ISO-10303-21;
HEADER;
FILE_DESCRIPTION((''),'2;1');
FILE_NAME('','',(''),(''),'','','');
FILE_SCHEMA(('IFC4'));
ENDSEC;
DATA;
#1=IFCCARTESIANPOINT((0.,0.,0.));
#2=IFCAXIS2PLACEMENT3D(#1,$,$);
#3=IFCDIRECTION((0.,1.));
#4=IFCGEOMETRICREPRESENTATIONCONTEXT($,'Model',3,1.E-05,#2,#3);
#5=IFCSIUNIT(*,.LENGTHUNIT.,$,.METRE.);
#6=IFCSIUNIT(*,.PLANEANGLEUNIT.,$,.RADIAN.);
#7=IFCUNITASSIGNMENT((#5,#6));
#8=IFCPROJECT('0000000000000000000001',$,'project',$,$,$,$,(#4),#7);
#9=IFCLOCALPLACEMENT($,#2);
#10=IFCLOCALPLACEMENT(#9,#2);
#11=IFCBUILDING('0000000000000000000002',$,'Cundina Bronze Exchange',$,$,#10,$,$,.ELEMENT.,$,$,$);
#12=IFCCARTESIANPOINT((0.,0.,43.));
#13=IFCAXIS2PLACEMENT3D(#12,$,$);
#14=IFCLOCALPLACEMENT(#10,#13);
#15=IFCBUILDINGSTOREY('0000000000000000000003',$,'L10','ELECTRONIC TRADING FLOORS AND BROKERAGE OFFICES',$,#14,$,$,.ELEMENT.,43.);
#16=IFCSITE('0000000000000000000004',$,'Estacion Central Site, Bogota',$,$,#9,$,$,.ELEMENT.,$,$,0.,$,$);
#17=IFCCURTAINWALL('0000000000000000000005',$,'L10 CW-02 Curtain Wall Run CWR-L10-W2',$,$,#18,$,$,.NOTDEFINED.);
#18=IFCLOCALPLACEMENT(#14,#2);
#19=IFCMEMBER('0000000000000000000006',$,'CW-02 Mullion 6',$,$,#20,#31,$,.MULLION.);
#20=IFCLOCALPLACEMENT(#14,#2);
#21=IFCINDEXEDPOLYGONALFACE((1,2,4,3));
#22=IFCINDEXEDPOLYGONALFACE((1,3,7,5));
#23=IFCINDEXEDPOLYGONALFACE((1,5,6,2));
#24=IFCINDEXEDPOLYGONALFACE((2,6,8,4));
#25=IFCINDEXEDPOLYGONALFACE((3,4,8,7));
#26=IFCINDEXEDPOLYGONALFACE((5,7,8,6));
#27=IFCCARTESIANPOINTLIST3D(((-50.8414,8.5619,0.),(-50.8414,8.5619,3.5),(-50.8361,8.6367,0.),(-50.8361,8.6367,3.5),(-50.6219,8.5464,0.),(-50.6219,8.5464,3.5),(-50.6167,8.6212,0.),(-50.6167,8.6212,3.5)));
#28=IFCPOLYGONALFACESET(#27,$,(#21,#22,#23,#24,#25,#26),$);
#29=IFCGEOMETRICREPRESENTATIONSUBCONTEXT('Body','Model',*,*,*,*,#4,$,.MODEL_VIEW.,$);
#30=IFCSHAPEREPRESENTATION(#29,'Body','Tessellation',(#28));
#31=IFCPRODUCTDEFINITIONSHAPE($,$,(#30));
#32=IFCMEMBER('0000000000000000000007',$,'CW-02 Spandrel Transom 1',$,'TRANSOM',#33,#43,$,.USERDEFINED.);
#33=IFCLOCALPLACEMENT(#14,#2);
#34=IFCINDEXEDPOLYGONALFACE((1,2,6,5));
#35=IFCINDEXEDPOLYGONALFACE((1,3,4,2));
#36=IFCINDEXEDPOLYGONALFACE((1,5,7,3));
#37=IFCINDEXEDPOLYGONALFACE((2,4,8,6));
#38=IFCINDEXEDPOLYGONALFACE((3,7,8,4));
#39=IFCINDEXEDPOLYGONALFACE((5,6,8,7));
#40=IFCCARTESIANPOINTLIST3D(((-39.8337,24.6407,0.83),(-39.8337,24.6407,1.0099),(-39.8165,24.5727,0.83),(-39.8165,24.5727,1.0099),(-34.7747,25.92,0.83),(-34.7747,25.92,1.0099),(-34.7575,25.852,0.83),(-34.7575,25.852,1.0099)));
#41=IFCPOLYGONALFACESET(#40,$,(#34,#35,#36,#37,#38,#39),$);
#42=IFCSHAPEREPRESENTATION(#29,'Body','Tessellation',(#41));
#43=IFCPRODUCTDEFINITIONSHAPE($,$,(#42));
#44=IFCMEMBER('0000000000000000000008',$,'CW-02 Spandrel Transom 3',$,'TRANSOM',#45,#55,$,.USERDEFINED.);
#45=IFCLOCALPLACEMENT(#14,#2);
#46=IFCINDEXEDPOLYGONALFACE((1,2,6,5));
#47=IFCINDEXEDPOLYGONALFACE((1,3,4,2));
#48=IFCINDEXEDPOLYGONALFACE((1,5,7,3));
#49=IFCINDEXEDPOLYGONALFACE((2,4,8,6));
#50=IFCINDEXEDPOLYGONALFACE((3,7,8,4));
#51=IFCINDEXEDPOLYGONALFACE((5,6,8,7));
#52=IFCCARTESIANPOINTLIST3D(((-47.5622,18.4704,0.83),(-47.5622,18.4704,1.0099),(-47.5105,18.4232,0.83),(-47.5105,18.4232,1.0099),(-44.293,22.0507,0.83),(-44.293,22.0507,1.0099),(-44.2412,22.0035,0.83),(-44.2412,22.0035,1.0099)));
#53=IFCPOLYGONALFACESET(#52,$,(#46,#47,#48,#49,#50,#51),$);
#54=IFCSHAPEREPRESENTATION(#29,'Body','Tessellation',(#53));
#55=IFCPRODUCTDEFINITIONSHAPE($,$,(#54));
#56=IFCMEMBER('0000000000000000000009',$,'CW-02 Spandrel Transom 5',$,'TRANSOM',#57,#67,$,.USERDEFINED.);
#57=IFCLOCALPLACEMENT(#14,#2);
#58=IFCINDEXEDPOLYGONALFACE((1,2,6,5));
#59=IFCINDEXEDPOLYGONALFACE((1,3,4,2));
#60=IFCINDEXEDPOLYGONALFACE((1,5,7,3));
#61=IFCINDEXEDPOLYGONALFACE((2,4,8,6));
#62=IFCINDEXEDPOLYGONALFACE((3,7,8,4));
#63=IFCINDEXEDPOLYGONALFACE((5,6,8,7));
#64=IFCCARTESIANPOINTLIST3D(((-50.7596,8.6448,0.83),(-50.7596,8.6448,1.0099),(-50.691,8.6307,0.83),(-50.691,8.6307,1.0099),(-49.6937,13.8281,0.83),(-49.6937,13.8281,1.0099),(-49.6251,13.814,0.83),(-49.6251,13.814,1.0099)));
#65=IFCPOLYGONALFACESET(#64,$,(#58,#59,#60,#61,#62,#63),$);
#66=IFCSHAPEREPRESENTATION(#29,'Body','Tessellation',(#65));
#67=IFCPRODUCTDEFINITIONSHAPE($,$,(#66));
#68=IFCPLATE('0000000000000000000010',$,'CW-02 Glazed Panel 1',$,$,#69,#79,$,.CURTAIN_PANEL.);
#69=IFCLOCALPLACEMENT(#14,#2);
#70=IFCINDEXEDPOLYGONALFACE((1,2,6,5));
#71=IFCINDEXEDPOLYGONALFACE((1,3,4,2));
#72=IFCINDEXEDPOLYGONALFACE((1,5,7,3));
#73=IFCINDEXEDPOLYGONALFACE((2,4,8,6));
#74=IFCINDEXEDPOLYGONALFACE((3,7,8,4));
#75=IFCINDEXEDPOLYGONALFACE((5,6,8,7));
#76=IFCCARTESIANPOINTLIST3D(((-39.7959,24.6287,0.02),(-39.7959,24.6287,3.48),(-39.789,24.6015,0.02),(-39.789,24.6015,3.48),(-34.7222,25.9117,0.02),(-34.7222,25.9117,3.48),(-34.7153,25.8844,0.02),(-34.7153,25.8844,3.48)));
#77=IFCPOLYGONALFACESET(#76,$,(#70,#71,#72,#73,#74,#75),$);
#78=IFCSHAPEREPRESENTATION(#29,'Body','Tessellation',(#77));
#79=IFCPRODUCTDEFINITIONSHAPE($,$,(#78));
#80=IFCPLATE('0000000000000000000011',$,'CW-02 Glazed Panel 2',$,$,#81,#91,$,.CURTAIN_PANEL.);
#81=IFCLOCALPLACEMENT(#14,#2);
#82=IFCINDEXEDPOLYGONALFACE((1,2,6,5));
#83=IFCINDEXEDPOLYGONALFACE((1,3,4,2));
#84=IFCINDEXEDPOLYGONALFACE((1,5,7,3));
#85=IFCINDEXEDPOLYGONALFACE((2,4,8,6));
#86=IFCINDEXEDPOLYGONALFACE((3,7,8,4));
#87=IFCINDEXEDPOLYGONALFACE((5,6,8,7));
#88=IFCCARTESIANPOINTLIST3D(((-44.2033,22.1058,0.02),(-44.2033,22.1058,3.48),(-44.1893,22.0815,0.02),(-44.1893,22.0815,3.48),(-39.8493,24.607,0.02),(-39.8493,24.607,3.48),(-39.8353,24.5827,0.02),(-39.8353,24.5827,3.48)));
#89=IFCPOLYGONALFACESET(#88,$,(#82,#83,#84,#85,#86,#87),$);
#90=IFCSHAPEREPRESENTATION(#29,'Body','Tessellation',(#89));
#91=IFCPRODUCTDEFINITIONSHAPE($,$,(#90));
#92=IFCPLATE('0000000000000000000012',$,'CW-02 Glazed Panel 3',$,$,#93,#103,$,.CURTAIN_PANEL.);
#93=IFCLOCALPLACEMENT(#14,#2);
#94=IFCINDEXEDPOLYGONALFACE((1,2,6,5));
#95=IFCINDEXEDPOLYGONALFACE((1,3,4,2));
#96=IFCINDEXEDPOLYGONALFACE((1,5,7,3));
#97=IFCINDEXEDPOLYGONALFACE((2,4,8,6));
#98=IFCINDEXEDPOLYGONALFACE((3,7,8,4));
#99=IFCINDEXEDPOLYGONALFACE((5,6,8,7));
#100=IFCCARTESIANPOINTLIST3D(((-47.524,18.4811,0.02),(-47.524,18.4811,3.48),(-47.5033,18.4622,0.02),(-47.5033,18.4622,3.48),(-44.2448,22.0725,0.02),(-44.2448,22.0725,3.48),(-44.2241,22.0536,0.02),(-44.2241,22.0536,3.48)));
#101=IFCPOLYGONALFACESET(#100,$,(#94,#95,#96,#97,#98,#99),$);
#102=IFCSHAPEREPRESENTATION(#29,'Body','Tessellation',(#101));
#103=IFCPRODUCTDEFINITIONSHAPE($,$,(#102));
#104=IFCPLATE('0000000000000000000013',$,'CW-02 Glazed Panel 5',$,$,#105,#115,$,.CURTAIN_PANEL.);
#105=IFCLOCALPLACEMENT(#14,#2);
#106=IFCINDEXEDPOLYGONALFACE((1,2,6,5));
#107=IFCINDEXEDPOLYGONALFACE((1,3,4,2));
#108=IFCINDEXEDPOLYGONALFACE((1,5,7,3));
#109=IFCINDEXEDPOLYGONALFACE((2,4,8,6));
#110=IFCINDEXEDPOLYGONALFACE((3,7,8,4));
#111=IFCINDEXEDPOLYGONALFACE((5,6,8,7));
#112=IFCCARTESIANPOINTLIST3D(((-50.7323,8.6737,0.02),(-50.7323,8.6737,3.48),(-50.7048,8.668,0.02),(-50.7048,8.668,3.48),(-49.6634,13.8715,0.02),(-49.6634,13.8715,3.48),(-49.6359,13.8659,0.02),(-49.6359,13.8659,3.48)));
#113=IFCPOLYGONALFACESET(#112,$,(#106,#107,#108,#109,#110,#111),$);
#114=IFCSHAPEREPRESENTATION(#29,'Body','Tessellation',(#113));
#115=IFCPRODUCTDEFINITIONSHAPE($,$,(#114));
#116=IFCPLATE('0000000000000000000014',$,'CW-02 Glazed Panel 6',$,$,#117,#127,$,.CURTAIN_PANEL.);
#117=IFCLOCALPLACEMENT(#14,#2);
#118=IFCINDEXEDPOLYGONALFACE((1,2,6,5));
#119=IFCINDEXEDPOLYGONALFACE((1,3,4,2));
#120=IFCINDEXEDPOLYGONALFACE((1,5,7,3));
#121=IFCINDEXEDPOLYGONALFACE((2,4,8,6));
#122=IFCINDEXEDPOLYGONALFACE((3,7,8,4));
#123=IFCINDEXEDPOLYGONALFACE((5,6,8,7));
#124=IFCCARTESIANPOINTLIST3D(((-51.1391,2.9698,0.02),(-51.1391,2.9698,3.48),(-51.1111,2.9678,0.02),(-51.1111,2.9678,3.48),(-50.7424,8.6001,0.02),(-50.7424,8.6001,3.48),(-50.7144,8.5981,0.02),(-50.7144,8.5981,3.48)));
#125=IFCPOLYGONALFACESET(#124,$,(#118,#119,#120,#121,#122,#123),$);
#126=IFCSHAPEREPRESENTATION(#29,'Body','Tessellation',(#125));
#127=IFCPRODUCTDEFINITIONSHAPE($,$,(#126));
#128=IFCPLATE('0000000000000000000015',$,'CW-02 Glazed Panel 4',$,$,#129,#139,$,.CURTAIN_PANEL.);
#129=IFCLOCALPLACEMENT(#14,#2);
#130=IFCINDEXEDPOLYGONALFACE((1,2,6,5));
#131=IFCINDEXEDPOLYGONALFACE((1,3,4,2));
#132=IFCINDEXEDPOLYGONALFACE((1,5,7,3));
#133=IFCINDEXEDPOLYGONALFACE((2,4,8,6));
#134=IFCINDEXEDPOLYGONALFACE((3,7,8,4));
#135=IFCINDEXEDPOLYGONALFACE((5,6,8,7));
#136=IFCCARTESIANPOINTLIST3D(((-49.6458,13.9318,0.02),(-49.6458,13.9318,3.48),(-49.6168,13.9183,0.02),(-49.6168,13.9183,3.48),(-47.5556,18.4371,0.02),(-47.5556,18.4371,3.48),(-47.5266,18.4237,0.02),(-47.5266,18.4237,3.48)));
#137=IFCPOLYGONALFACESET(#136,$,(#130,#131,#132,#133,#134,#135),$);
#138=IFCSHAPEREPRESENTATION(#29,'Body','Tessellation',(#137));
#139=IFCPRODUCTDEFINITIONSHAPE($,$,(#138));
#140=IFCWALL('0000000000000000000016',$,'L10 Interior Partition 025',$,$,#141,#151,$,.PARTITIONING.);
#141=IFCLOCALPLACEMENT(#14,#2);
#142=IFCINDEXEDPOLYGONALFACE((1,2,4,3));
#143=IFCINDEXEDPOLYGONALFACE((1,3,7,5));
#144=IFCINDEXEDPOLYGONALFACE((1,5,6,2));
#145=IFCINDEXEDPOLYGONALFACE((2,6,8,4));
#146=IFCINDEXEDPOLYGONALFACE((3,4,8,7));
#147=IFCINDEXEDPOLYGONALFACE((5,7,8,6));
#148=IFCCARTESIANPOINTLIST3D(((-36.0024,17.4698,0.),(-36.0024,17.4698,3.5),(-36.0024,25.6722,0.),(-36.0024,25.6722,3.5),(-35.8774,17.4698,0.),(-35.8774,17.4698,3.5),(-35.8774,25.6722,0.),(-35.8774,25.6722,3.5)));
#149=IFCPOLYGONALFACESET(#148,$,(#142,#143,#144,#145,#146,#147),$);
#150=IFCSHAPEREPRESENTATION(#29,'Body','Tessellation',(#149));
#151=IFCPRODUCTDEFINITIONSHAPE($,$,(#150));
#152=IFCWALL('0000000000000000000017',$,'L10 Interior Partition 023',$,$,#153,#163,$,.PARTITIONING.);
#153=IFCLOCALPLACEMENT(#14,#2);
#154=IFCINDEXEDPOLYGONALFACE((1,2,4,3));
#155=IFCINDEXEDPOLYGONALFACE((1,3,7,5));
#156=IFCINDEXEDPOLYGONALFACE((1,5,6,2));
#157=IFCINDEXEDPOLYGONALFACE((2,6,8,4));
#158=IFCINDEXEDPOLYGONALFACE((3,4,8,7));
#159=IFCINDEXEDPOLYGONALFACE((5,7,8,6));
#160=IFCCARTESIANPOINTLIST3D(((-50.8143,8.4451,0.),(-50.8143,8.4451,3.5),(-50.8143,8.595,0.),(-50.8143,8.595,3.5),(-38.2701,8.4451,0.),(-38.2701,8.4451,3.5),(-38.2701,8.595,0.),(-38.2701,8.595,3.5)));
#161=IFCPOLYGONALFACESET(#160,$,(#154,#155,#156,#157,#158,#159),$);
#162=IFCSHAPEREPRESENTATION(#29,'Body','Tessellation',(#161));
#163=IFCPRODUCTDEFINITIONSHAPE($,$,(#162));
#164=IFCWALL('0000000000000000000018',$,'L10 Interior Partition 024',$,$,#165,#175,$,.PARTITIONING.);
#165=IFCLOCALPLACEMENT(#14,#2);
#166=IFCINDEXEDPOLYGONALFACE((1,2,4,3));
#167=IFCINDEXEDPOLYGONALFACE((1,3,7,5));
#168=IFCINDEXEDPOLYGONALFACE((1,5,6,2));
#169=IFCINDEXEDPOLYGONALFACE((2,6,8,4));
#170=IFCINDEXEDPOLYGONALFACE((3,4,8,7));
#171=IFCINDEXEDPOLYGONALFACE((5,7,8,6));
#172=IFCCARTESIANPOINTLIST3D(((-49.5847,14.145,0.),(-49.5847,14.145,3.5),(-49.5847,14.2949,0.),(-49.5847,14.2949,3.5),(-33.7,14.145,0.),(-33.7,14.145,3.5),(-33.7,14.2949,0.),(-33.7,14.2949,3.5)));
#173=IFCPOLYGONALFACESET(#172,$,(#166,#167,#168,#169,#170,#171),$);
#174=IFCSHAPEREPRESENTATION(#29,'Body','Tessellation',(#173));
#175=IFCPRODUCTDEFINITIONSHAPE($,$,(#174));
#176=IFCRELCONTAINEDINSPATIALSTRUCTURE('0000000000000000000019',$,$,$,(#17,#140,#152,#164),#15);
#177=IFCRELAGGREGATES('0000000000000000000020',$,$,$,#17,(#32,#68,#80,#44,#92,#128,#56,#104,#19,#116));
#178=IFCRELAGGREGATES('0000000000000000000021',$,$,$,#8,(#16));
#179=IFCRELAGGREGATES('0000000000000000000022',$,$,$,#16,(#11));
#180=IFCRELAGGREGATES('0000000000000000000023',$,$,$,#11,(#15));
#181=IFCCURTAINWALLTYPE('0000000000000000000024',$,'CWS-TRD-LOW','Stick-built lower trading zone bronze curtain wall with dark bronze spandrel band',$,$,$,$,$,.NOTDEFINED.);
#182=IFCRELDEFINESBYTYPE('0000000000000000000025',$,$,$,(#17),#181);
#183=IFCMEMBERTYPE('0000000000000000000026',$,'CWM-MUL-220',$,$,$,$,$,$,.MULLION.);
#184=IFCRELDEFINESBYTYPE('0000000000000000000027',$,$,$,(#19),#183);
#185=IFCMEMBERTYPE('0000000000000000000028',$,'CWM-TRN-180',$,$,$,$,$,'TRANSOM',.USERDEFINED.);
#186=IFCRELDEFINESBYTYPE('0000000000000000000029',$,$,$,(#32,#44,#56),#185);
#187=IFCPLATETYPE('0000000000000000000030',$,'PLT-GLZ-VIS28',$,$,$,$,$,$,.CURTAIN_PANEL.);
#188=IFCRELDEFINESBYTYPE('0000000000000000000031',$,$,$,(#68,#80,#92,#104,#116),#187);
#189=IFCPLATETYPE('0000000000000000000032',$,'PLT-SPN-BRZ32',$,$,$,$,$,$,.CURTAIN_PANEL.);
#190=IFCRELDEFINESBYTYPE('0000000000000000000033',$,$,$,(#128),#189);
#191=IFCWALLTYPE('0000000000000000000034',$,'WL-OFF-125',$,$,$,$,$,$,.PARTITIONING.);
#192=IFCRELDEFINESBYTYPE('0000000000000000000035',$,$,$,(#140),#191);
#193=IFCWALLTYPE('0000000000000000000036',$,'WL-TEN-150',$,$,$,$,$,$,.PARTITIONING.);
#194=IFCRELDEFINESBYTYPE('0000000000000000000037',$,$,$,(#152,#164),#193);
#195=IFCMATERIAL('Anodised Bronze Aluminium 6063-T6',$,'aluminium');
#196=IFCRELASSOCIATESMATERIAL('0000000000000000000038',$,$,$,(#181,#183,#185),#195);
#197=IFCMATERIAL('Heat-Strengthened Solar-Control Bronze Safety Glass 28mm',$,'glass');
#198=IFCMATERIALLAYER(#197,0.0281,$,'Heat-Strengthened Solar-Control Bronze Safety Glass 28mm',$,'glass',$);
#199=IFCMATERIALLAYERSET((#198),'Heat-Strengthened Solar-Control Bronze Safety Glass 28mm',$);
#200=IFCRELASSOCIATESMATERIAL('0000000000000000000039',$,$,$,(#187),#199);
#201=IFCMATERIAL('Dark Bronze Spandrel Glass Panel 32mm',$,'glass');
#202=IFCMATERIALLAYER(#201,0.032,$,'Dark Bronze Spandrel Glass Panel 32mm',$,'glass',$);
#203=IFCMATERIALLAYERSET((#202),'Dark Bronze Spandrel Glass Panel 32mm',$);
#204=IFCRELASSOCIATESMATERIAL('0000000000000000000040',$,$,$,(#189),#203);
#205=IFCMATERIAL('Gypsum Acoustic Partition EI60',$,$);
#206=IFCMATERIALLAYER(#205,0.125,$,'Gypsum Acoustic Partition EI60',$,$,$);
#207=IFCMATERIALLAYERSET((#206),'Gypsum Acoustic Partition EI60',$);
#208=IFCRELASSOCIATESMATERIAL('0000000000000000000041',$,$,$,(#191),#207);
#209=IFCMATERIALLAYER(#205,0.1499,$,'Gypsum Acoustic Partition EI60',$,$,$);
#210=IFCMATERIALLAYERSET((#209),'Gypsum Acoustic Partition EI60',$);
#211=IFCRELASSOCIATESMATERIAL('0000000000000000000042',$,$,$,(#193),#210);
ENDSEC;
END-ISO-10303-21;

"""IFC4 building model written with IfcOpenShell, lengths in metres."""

from ifc_helpers import new_model, si_unit, direction, frame, frame_2d, origin, origin_2d, place, context, subcontext, project, spatial, rectangle, extrude, material, layer, layer_set, material_profile, profile_set, type_object, element, aggregate, save


model = new_model("IFC4")

# Units and contexts
model_context = context("Model", 3, precision=1e-05, world=origin(), true_north=direction((0.0, 1.0)))
body_context = subcontext(model_context, "Body", "Model", "MODEL_VIEW")
ifc_project = project(units=[si_unit("LENGTHUNIT", "METRE"), si_unit("PLANEANGLEUNIT", "RADIAN")], contexts=[model_context])

# Site, building, storey
site_placement = place(None, origin())
site = spatial("IfcSite", under=ifc_project, at=site_placement, Name="Estacion Central Site, Bogota", CompositionType="ELEMENT", RefElevation=0.0)
building_placement = place(site_placement, origin())
building = spatial("IfcBuilding", under=site, at=building_placement, Name="Cundina Bronze Exchange", CompositionType="ELEMENT")
storey_placement = place(building_placement, frame((0.0, 0.0, 43.0)))
storey = spatial("IfcBuildingStorey", under=building, at=storey_placement, Name="L10", Description="ELECTRONIC TRADING FLOORS AND BROKERAGE OFFICES", CompositionType="ELEMENT", Elevation=43.0)

# Curtain wall, members, plates
ifc_material_1 = material(Name="Anodised Bronze Aluminium 6063-T6", Category="aluminium")
curtain_wall_type = type_object("IfcCurtainWallType", Name="CWS-TRD-LOW", Description="Stick-built lower trading zone bronze curtain wall with dark bronze spandrel band", PredefinedType="NOTDEFINED", material=ifc_material_1)
curtain_wall_placement = place(storey_placement, origin())
curtain_wall = element("IfcCurtainWall", 1, at=curtain_wall_placement, inside=storey, type_object=curtain_wall_type, Name="L10 CW-02 Curtain Wall Run CWR-L10-W2", PredefinedType="NOTDEFINED")
ifc_material_profile_1 = material_profile(ifc_material_1, rectangle(XDim=0.075, YDim=0.22, at=origin_2d()), Name="AL75X220", Category="aluminium")
ifc_profile_set_1 = profile_set([ifc_material_profile_1], Name="Anodised Bronze Aluminium 6063-T6")
member_type_1 = type_object("IfcMemberType", Name="CWM-MUL-220", PredefinedType="MULLION", material=ifc_profile_set_1)
member_1_placement = place(storey_placement, frame((-50.729, 8.5916, 0.0), z_axis=(0.0, 0.0, 1.0), x_axis=(-0.070279, -0.997527, 0.0)))
member_1 = element("IfcMember", 2, at=member_1_placement, type_object=member_type_1, Name="CW-02 Mullion 6", PredefinedType="MULLION", context=body_context, shape_type="SweptSolid", body=[
    extrude(rectangle(XDim=0.075, YDim=0.22, at=origin_2d()), origin(), (0.0, 0.0, 1.0), 3.5),
])
ifc_material_profile_2 = material_profile(ifc_material_1, rectangle(XDim=0.0701, YDim=0.1799, at=origin_2d()), Name="AL70X180", Category="aluminium")
ifc_profile_set_2 = profile_set([ifc_material_profile_2], Name="Anodised Bronze Aluminium 6063-T6")
member_type_2 = type_object("IfcMemberType", Name="CWM-TRN-180", ElementType="TRANSOM", PredefinedType="USERDEFINED", material=ifc_profile_set_2)
member_2_placement = place(storey_placement, frame((-34.7661, 25.886, 0.9199), z_axis=(-0.969484, -0.245155, 0.0), x_axis=(0.245155, -0.969484, 0.0)))
member_2 = element("IfcMember", 3, at=member_2_placement, type_object=member_type_2, Name="CW-02 Spandrel Transom 1", ObjectType="TRANSOM", PredefinedType="USERDEFINED", context=body_context, shape_type="SweptSolid", body=[
    extrude(rectangle(XDim=0.0701, YDim=0.1799, at=origin_2d()), origin(), (0.0, 0.0, 1.0), 5.2183),
])
member_3_placement = place(storey_placement, frame((-44.2671, 22.0271, 0.9199), z_axis=(-0.674303, -0.738455, 0.0), x_axis=(0.738455, -0.674303, 0.0)))
member_3 = element("IfcMember", 4, at=member_3_placement, type_object=member_type_2, Name="CW-02 Spandrel Transom 3", ObjectType="TRANSOM", PredefinedType="USERDEFINED", context=body_context, shape_type="SweptSolid", body=[
    extrude(rectangle(XDim=0.0701, YDim=0.1799, at=origin_2d()), origin(), (0.0, 0.0, 1.0), 4.8484),
])
member_4_placement = place(storey_placement, frame((-49.6594, 13.821, 0.9199), z_axis=(-0.201428, -0.979503, 0.0), x_axis=(0.979503, -0.201428, 0.0)))
member_4 = element("IfcMember", 5, at=member_4_placement, type_object=member_type_2, Name="CW-02 Spandrel Transom 5", ObjectType="TRANSOM", PredefinedType="USERDEFINED", context=body_context, shape_type="SweptSolid", body=[
    extrude(rectangle(XDim=0.0701, YDim=0.1799, at=origin_2d()), origin(), (0.0, 0.0, 1.0), 5.2917),
])
ifc_material_2 = material(Name="Heat-Strengthened Solar-Control Bronze Safety Glass 28mm", Category="glass")
ifc_layer_1 = layer(ifc_material_2, 0.0281, Name="Heat-Strengthened Solar-Control Bronze Safety Glass 28mm", Category="glass")
ifc_layer_set_1 = layer_set([ifc_layer_1], Name="Heat-Strengthened Solar-Control Bronze Safety Glass 28mm")
plate_type_1 = type_object("IfcPlateType", Name="PLT-GLZ-VIS28", PredefinedType="CURTAIN_PANEL", material=ifc_layer_set_1)
plate_1_placement = place(storey_placement, frame((-37.2556, 25.2566, 0.02), z_axis=(0.0, 0.0, 1.0), x_axis=(-0.969488, -0.245138, 0.0)))
plate_1 = element("IfcPlate", 6, at=plate_1_placement, type_object=plate_type_1, Name="CW-02 Glazed Panel 1", PredefinedType="CURTAIN_PANEL", context=body_context, shape_type="SweptSolid", body=[
    extrude(rectangle(XDim=5.2334, YDim=0.0281, at=origin_2d()), origin(), (0.0, 0.0, 1.0), 3.46),
])
plate_2_placement = place(storey_placement, frame((-42.0193, 23.3442, 0.02), z_axis=(0.0, 0.0, 1.0), x_axis=(-0.867105, -0.498125, 0.0)))
plate_2 = element("IfcPlate", 7, at=plate_2_placement, type_object=plate_type_1, Name="CW-02 Glazed Panel 2", PredefinedType="CURTAIN_PANEL", context=body_context, shape_type="SweptSolid", body=[
    extrude(rectangle(XDim=5.0212, YDim=0.0281, at=origin_2d()), origin(), (0.0, 0.0, 1.0), 3.46),
])
plate_3_placement = place(storey_placement, frame((-45.874, 20.2673, 0.02), z_axis=(0.0, 0.0, 1.0), x_axis=(-0.674277, -0.738479, 0.0)))
plate_3 = element("IfcPlate", 8, at=plate_3_placement, type_object=plate_type_1, Name="CW-02 Glazed Panel 3", PredefinedType="CURTAIN_PANEL", context=body_context, shape_type="SweptSolid", body=[
    extrude(rectangle(XDim=4.8633, YDim=0.0281, at=origin_2d()), origin(), (0.0, 0.0, 1.0), 3.46),
])
plate_4_placement = place(storey_placement, frame((-50.1841, 11.2698, 0.02), z_axis=(0.0, 0.0, 1.0), x_axis=(-0.20142, -0.979505, 0.0)))
plate_4 = element("IfcPlate", 9, at=plate_4_placement, type_object=plate_type_1, Name="CW-02 Glazed Panel 5", PredefinedType="CURTAIN_PANEL", context=body_context, shape_type="SweptSolid", body=[
    extrude(rectangle(XDim=5.3066, YDim=0.0281, at=origin_2d()), origin(), (0.0, 0.0, 1.0), 3.46),
])
plate_5_placement = place(storey_placement, frame((-50.9268, 5.7839, 0.02), z_axis=(0.0, 0.0, 1.0), x_axis=(-0.070279, -0.997527, 0.0)))
plate_5 = element("IfcPlate", 10, at=plate_5_placement, type_object=plate_type_1, Name="CW-02 Glazed Panel 6", PredefinedType="CURTAIN_PANEL", context=body_context, shape_type="SweptSolid", body=[
    extrude(rectangle(XDim=5.6443, YDim=0.0281, at=origin_2d()), origin(), (0.0, 0.0, 1.0), 3.46),
])
ifc_material_3 = material(Name="Dark Bronze Spandrel Glass Panel 32mm", Category="glass")
ifc_layer_2 = layer(ifc_material_3, 0.032, Name="Dark Bronze Spandrel Glass Panel 32mm", Category="glass")
ifc_layer_set_2 = layer_set([ifc_layer_2], Name="Dark Bronze Spandrel Glass Panel 32mm")
plate_type_2 = type_object("IfcPlateType", Name="PLT-SPN-BRZ32", PredefinedType="CURTAIN_PANEL", material=ifc_layer_set_2)
plate_6_placement = place(storey_placement, frame((-48.5862, 16.1777, 0.02), z_axis=(0.0, 0.0, 1.0), x_axis=(-0.420846, -0.907132, 0.0)))
plate_6 = element("IfcPlate", 11, at=plate_6_placement, type_object=plate_type_2, Name="CW-02 Glazed Panel 4", PredefinedType="CURTAIN_PANEL", context=body_context, shape_type="SweptSolid", body=[
    extrude(rectangle(XDim=4.9666, YDim=0.032, at=origin_2d()), origin(), (0.0, 0.0, 1.0), 3.46),
])
aggregate(curtain_wall, [member_2, plate_1, plate_2, member_3, plate_3, plate_6, member_4, plate_4, member_1, plate_5])

# Walls
ifc_material_4 = material(Name="Gypsum Acoustic Partition EI60")
ifc_layer_3 = layer(ifc_material_4, 0.125, Name="Gypsum Acoustic Partition EI60")
ifc_layer_set_3 = layer_set([ifc_layer_3], Name="Gypsum Acoustic Partition EI60")
wall_type_1 = type_object("IfcWallType", Name="WL-OFF-125", PredefinedType="PARTITIONING", material=ifc_layer_set_3)
wall_1_placement = place(storey_placement, frame((-35.9399, 17.47, 0.0), z_axis=(0.0, 0.0, 1.0), x_axis=(0.0, 1.0, 0.0)))
element("IfcWall", 12, at=wall_1_placement, inside=storey, type_object=wall_type_1, Name="L10 Interior Partition 025", PredefinedType="PARTITIONING", context=body_context, shape_type="SweptSolid", body=[
    extrude(rectangle(XDim=8.2024, YDim=0.125, at=frame_2d((4.1011, 0.0))), origin(), (0.0, 0.0, 1.0), 3.5),
])
ifc_layer_4 = layer(ifc_material_4, 0.1499, Name="Gypsum Acoustic Partition EI60")
ifc_layer_set_4 = layer_set([ifc_layer_4], Name="Gypsum Acoustic Partition EI60")
wall_type_2 = type_object("IfcWallType", Name="WL-TEN-150", PredefinedType="PARTITIONING", material=ifc_layer_set_4)
wall_2_placement = place(storey_placement, frame((-50.8142, 8.52, 0.0), z_axis=(0.0, 0.0, 1.0), x_axis=(1.0, 0.0, 0.0)))
element("IfcWall", 13, at=wall_2_placement, inside=storey, type_object=wall_type_2, Name="L10 Interior Partition 023", PredefinedType="PARTITIONING", context=body_context, shape_type="SweptSolid", body=[
    extrude(rectangle(XDim=12.5442, YDim=0.1499, at=frame_2d((6.272, 0.0))), origin(), (0.0, 0.0, 1.0), 3.5),
])
wall_3_placement = place(storey_placement, frame((-49.5847, 14.22, 0.0), z_axis=(0.0, 0.0, 1.0), x_axis=(1.0, 0.0, 0.0)))
element("IfcWall", 14, at=wall_3_placement, inside=storey, type_object=wall_type_2, Name="L10 Interior Partition 024", PredefinedType="PARTITIONING", context=body_context, shape_type="SweptSolid", body=[
    extrude(rectangle(XDim=15.8848, YDim=0.1499, at=frame_2d((7.9424, 0.0))), origin(), (0.0, 0.0, 1.0), 3.5),
])

save(model, "model.ifc")
